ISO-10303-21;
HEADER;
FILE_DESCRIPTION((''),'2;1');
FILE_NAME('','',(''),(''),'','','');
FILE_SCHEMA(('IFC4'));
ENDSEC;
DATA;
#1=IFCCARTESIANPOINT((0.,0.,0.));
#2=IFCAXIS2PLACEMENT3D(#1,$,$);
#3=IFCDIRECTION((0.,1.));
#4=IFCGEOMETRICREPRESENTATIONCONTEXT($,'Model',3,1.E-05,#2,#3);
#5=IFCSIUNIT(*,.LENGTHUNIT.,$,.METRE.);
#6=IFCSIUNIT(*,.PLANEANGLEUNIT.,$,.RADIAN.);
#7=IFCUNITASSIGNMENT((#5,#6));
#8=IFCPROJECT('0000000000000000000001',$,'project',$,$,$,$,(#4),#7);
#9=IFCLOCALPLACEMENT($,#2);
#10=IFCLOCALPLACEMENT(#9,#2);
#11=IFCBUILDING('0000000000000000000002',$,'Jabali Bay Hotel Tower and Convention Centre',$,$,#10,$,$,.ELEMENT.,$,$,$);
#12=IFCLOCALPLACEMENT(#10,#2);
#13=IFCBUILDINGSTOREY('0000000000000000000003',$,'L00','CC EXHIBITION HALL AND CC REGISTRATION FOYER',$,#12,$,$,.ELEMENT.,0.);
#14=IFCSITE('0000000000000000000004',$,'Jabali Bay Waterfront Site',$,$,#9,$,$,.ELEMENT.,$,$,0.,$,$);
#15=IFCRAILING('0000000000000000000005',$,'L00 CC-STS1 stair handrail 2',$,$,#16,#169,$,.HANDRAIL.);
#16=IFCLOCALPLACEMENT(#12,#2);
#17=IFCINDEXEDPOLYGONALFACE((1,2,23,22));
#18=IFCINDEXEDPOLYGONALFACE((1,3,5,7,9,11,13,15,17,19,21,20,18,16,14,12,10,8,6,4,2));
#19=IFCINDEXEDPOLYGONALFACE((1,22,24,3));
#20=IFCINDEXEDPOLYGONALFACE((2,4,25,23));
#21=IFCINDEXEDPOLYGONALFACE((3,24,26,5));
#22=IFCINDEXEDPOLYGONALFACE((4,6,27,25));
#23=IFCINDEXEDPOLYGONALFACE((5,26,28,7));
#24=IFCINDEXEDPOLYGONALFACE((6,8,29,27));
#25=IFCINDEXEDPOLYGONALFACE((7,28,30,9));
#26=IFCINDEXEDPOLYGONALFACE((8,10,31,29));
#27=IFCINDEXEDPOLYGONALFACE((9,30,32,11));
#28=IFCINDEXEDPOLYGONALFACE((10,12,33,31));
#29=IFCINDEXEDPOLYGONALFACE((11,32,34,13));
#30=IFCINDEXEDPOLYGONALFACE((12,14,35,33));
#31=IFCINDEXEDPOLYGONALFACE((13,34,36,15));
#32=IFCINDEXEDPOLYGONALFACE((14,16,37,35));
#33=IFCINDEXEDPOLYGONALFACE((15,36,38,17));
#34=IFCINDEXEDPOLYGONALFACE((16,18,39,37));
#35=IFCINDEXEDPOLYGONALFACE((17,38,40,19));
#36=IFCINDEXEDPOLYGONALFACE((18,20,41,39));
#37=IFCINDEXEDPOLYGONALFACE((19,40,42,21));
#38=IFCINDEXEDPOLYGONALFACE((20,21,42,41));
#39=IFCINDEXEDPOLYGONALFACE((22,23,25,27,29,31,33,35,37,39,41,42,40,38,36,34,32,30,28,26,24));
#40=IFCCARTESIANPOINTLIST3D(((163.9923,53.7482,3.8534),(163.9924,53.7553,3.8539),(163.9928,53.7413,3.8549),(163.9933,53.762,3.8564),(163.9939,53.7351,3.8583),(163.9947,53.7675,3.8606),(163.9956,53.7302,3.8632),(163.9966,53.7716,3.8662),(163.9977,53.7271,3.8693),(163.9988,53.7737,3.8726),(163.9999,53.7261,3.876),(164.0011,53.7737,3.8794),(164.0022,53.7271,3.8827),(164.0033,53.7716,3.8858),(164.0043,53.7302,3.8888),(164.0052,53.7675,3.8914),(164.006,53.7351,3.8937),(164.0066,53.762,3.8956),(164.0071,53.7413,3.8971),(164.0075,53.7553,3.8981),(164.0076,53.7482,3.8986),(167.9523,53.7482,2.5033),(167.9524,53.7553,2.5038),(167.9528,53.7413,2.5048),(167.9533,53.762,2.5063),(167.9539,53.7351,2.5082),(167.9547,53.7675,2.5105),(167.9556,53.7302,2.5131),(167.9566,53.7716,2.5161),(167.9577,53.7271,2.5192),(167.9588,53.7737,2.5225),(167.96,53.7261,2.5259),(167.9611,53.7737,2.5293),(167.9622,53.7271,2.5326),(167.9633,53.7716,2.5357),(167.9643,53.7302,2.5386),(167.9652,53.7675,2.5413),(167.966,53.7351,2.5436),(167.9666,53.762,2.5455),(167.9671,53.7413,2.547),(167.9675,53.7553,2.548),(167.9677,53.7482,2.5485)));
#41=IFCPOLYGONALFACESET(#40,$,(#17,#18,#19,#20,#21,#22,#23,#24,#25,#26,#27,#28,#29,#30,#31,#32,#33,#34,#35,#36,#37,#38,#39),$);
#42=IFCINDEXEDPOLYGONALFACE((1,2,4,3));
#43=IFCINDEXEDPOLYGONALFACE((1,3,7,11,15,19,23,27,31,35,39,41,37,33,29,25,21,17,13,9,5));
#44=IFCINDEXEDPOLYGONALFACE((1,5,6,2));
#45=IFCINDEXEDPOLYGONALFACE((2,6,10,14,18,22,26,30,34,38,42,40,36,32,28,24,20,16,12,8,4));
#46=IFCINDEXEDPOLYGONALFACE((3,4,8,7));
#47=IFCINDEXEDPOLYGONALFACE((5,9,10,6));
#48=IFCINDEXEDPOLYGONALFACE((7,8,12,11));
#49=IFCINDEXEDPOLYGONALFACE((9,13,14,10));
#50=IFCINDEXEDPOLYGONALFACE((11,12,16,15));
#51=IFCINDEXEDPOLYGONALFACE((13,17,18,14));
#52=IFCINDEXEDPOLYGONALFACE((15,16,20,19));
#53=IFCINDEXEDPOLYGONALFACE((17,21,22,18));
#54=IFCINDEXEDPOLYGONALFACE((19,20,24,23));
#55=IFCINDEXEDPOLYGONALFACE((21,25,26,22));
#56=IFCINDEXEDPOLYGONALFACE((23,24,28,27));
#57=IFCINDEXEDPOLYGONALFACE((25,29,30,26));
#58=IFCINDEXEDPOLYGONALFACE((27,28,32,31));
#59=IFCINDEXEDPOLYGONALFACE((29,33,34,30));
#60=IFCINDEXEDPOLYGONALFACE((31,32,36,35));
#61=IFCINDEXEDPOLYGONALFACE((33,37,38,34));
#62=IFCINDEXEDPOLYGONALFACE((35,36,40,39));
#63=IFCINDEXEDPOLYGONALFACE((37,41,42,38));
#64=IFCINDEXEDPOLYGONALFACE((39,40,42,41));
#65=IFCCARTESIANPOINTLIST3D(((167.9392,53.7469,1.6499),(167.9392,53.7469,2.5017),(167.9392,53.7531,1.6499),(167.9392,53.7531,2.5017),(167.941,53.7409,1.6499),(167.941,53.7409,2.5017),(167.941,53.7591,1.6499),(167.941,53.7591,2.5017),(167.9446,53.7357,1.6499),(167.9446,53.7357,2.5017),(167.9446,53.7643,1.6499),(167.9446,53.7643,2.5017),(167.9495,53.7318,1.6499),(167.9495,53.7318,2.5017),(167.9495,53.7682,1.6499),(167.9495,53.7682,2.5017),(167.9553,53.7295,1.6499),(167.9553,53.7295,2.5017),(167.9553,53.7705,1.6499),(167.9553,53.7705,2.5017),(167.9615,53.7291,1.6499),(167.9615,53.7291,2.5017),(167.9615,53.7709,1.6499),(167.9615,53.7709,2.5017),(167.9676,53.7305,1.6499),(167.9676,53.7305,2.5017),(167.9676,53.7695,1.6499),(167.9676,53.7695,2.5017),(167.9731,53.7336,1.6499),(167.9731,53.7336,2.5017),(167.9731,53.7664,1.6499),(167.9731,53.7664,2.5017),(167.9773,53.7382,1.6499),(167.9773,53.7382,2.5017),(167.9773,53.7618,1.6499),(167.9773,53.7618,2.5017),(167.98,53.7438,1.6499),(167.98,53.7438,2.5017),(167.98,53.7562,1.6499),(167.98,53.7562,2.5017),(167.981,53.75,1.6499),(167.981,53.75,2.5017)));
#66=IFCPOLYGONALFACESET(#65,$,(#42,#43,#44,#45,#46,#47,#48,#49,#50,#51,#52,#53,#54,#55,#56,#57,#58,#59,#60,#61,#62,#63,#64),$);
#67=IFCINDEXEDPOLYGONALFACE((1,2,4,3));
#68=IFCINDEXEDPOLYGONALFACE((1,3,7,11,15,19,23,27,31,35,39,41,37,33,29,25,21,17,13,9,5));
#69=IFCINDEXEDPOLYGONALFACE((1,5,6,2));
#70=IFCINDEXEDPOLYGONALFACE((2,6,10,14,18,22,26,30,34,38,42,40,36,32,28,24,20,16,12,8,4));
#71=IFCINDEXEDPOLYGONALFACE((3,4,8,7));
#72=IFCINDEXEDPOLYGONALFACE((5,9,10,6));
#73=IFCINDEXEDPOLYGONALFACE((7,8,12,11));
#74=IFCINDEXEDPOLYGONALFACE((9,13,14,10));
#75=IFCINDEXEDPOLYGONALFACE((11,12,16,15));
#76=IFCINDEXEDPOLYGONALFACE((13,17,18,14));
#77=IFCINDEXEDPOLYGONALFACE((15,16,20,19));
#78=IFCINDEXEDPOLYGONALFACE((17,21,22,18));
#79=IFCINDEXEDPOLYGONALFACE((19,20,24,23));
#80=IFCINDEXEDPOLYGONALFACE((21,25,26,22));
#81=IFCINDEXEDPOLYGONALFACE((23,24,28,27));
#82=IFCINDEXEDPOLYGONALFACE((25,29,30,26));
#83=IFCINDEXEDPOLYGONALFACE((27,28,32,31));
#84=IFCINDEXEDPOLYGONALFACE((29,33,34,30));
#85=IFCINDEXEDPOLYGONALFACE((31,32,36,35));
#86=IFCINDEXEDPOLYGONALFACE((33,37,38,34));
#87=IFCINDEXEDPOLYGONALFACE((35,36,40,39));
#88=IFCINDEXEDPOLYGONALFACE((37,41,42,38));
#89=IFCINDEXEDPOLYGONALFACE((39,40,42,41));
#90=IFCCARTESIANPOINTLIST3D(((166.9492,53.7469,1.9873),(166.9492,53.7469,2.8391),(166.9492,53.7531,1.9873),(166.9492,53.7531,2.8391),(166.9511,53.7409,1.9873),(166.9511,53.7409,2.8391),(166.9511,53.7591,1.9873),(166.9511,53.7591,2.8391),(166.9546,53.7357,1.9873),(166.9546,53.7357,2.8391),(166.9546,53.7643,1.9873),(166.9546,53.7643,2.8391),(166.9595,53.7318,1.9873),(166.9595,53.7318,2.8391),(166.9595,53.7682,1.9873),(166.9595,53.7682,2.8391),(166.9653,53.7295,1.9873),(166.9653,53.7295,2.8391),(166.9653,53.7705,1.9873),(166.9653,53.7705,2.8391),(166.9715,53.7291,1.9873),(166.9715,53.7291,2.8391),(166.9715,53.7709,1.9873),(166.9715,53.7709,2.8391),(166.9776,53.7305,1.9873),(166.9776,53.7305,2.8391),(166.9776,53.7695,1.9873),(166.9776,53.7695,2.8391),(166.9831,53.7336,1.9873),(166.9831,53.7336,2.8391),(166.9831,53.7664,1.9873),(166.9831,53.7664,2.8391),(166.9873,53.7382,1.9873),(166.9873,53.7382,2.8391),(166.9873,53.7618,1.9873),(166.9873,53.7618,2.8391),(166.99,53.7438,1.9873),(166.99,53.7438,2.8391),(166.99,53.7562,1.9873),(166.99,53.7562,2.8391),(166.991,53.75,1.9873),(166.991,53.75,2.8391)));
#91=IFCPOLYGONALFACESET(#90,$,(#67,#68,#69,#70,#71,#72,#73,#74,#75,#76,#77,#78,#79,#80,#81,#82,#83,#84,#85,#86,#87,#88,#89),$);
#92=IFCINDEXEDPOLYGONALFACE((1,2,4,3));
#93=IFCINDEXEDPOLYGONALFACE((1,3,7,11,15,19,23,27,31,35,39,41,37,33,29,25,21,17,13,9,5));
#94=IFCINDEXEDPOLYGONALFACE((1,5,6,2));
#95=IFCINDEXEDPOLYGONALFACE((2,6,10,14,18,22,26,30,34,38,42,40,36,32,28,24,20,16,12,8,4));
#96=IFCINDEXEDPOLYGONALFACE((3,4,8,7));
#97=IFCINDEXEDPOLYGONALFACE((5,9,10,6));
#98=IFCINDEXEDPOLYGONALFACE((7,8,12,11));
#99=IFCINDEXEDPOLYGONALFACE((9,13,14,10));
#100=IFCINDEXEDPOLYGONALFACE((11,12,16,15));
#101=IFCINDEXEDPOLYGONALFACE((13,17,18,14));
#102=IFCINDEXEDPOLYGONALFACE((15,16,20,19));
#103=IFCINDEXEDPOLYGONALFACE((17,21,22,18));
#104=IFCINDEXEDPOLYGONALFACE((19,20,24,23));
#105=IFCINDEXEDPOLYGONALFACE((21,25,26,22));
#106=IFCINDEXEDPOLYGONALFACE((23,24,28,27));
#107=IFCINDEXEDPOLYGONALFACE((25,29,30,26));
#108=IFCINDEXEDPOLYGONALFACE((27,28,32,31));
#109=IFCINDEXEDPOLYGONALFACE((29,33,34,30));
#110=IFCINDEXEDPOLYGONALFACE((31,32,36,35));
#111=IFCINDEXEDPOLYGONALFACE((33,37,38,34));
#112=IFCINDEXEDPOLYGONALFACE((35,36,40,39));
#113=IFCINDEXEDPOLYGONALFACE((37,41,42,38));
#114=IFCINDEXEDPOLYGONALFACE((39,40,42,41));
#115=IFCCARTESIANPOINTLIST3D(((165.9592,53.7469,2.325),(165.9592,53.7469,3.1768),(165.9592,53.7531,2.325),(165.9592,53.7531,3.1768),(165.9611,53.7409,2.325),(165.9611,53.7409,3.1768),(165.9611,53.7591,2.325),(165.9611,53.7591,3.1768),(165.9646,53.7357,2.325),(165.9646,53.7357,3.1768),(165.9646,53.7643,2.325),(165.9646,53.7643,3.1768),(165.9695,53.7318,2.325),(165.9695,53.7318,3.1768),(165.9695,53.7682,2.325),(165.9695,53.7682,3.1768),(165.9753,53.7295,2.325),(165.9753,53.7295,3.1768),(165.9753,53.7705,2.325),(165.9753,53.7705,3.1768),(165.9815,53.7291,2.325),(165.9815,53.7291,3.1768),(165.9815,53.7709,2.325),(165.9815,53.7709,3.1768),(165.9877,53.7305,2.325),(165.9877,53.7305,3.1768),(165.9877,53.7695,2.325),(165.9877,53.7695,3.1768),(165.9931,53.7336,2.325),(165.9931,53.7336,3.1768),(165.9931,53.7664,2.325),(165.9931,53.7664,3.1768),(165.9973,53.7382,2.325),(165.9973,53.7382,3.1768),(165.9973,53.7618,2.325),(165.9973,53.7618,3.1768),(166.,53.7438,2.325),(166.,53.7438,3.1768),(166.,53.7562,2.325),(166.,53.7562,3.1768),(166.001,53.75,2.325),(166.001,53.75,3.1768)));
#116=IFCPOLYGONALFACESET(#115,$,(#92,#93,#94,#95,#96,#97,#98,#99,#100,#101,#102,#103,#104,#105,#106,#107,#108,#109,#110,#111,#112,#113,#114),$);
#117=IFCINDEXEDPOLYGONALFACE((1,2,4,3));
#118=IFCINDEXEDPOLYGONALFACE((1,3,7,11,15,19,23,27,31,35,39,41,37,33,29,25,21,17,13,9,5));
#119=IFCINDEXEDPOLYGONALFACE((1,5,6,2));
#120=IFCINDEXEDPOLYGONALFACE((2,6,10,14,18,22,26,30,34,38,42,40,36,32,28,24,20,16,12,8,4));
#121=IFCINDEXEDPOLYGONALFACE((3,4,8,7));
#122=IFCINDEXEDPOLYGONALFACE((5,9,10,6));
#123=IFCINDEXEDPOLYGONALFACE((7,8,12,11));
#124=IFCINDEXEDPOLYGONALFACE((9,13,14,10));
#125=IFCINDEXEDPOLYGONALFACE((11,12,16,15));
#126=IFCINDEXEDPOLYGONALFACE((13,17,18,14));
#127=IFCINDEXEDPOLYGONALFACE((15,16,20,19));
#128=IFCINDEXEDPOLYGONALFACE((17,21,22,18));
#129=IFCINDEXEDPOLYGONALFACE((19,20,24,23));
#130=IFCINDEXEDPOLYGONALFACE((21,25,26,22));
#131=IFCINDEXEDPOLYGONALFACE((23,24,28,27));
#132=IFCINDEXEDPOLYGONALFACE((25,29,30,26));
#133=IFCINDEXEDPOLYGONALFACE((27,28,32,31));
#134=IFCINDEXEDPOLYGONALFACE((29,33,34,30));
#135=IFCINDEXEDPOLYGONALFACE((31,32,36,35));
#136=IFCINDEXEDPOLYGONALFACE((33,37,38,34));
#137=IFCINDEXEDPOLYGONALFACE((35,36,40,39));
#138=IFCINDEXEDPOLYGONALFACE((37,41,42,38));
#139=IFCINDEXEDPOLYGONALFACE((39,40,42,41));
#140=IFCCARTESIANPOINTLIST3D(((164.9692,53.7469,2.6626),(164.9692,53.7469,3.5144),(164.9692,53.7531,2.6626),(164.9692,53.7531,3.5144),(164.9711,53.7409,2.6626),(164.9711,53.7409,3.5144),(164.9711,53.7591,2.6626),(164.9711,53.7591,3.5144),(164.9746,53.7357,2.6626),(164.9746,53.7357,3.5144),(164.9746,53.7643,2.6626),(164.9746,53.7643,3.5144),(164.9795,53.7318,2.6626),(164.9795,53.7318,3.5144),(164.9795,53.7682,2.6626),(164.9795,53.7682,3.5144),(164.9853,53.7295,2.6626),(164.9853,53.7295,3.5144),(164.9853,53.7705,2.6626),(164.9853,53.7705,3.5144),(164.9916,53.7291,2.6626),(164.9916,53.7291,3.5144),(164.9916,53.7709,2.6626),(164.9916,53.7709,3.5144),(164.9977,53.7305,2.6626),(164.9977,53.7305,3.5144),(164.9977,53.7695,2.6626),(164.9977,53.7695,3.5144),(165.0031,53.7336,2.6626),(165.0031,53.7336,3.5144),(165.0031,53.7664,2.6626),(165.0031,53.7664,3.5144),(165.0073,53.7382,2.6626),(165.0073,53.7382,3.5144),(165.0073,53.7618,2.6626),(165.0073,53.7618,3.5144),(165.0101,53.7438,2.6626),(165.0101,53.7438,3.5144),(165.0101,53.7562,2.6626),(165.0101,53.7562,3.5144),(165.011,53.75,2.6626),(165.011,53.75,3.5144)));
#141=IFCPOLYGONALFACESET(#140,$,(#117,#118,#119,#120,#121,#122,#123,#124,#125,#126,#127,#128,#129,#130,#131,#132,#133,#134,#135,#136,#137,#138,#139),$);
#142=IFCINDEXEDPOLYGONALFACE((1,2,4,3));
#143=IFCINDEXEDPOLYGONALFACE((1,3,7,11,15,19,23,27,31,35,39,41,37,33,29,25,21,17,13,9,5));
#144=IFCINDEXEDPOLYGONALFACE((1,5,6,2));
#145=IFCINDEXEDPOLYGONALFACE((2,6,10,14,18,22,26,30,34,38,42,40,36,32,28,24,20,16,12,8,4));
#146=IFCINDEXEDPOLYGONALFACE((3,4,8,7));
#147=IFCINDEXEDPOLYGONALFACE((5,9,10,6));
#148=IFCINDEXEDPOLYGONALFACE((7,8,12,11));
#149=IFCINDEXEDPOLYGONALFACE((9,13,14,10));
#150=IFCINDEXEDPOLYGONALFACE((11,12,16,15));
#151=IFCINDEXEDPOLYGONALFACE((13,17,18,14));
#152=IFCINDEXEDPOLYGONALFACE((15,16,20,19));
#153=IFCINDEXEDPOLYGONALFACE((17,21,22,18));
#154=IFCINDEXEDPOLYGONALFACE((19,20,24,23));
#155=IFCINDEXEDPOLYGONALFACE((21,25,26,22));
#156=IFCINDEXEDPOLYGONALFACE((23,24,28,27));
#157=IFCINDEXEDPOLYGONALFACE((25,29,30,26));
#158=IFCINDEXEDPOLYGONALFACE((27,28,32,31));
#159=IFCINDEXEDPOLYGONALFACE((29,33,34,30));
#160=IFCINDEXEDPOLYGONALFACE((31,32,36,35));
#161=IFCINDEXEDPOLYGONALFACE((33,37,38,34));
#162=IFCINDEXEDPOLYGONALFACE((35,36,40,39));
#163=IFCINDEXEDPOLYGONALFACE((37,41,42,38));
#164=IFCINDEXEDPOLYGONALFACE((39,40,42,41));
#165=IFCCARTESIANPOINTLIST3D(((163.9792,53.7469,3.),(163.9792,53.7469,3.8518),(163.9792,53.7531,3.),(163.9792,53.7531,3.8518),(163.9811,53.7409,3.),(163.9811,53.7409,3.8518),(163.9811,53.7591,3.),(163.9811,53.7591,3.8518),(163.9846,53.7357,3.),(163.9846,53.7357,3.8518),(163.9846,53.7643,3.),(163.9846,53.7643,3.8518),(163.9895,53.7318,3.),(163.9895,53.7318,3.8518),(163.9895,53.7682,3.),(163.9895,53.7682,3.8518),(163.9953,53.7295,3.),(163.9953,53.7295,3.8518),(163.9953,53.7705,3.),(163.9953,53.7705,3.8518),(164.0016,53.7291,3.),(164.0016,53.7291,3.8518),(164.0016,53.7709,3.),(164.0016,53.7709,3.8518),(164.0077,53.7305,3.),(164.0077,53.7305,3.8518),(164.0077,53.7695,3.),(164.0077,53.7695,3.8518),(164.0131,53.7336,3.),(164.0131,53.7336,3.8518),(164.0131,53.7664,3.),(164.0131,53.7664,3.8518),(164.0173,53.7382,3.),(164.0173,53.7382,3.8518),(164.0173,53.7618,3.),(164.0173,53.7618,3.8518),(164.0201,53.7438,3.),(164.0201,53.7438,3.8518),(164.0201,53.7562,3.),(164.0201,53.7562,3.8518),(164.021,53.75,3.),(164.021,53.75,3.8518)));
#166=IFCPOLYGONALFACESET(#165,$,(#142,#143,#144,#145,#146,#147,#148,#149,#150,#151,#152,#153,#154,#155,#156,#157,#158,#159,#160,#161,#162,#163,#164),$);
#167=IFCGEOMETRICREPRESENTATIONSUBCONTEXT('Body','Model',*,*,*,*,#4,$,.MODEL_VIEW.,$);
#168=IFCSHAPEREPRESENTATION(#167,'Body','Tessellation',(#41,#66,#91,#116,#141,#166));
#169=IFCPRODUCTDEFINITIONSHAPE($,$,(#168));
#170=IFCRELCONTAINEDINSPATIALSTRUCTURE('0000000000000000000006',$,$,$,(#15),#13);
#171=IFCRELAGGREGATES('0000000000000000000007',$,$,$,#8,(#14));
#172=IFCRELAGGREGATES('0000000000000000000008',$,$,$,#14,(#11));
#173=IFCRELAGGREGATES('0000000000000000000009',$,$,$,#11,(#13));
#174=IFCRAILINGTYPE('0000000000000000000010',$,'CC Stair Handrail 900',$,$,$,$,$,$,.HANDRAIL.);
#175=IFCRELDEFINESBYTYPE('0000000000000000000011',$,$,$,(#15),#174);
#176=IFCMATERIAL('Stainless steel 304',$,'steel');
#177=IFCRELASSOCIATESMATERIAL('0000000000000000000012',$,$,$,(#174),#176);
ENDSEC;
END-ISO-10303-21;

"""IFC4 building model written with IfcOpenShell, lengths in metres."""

from ifc_helpers import new_model, si_unit, direction, frame, origin, origin_2d, place, context, subcontext, project, spatial, circle, extrude, material, type_object, element, save


model = new_model("IFC4")

# Units and contexts
model_context = context("Model", 3, precision=1e-05, world=origin(), true_north=direction((0.0, 1.0)))
body_context = subcontext(model_context, "Body", "Model", "MODEL_VIEW")
ifc_project = project(units=[si_unit("LENGTHUNIT", "METRE"), si_unit("PLANEANGLEUNIT", "RADIAN")], contexts=[model_context])

# Site, building, storey
site_placement = place(None, origin())
site = spatial("IfcSite", under=ifc_project, at=site_placement, Name="Jabali Bay Waterfront Site", CompositionType="ELEMENT", RefElevation=0.0)
building_placement = place(site_placement, origin())
building = spatial("IfcBuilding", under=site, at=building_placement, Name="Jabali Bay Hotel Tower and Convention Centre", CompositionType="ELEMENT")
storey_placement = place(building_placement, origin())
storey = spatial("IfcBuildingStorey", under=building, at=storey_placement, Name="L00", Description="CC EXHIBITION HALL AND CC REGISTRATION FOYER", CompositionType="ELEMENT", Elevation=0.0)

# Railing
ifc_material_1 = material(Name="Stainless steel 304", Category="steel")
railing_type = type_object("IfcRailingType", Name="CC Stair Handrail 900", PredefinedType="HANDRAIL", material=ifc_material_1)
for number, where, name in (
    (1, (167.96, 53.75, 1.6499), "L00 CC-STS1 stair handrail 2"),
):
    element("IfcRailing", number, at=place(storey_placement, frame(where)), inside=storey, type_object=railing_type, Name=name, PredefinedType="HANDRAIL", context=body_context, shape_type="SweptSolid", body=[
        extrude(circle(Radius=0.0239, at=origin_2d()), frame((0.0, 0.0, 0.876), z_axis=(-0.946502, 0.0, 0.322698), x_axis=(0.0, -1.0, 0.0)), (0.0, 0.0, 1.0), 4.1838),
        extrude(circle(Radius=0.021, at=origin_2d()), origin(), (0.0, 0.0, 1.0), 0.8518),
        extrude(circle(Radius=0.021, at=origin_2d()), frame((-0.99, 0.0, 0.3374)), (0.0, 0.0, 1.0), 0.8518),
        extrude(circle(Radius=0.021, at=origin_2d()), frame((-1.98, 0.0, 0.675)), (0.0, 0.0, 1.0), 0.8518),
        extrude(circle(Radius=0.021, at=origin_2d()), frame((-2.97, 0.0, 1.0127)), (0.0, 0.0, 1.0), 0.8518),
        extrude(circle(Radius=0.021, at=origin_2d()), frame((-3.96, 0.0, 1.3501)), (0.0, 0.0, 1.0), 0.8518),
    ])

save(model, "model.ifc")
